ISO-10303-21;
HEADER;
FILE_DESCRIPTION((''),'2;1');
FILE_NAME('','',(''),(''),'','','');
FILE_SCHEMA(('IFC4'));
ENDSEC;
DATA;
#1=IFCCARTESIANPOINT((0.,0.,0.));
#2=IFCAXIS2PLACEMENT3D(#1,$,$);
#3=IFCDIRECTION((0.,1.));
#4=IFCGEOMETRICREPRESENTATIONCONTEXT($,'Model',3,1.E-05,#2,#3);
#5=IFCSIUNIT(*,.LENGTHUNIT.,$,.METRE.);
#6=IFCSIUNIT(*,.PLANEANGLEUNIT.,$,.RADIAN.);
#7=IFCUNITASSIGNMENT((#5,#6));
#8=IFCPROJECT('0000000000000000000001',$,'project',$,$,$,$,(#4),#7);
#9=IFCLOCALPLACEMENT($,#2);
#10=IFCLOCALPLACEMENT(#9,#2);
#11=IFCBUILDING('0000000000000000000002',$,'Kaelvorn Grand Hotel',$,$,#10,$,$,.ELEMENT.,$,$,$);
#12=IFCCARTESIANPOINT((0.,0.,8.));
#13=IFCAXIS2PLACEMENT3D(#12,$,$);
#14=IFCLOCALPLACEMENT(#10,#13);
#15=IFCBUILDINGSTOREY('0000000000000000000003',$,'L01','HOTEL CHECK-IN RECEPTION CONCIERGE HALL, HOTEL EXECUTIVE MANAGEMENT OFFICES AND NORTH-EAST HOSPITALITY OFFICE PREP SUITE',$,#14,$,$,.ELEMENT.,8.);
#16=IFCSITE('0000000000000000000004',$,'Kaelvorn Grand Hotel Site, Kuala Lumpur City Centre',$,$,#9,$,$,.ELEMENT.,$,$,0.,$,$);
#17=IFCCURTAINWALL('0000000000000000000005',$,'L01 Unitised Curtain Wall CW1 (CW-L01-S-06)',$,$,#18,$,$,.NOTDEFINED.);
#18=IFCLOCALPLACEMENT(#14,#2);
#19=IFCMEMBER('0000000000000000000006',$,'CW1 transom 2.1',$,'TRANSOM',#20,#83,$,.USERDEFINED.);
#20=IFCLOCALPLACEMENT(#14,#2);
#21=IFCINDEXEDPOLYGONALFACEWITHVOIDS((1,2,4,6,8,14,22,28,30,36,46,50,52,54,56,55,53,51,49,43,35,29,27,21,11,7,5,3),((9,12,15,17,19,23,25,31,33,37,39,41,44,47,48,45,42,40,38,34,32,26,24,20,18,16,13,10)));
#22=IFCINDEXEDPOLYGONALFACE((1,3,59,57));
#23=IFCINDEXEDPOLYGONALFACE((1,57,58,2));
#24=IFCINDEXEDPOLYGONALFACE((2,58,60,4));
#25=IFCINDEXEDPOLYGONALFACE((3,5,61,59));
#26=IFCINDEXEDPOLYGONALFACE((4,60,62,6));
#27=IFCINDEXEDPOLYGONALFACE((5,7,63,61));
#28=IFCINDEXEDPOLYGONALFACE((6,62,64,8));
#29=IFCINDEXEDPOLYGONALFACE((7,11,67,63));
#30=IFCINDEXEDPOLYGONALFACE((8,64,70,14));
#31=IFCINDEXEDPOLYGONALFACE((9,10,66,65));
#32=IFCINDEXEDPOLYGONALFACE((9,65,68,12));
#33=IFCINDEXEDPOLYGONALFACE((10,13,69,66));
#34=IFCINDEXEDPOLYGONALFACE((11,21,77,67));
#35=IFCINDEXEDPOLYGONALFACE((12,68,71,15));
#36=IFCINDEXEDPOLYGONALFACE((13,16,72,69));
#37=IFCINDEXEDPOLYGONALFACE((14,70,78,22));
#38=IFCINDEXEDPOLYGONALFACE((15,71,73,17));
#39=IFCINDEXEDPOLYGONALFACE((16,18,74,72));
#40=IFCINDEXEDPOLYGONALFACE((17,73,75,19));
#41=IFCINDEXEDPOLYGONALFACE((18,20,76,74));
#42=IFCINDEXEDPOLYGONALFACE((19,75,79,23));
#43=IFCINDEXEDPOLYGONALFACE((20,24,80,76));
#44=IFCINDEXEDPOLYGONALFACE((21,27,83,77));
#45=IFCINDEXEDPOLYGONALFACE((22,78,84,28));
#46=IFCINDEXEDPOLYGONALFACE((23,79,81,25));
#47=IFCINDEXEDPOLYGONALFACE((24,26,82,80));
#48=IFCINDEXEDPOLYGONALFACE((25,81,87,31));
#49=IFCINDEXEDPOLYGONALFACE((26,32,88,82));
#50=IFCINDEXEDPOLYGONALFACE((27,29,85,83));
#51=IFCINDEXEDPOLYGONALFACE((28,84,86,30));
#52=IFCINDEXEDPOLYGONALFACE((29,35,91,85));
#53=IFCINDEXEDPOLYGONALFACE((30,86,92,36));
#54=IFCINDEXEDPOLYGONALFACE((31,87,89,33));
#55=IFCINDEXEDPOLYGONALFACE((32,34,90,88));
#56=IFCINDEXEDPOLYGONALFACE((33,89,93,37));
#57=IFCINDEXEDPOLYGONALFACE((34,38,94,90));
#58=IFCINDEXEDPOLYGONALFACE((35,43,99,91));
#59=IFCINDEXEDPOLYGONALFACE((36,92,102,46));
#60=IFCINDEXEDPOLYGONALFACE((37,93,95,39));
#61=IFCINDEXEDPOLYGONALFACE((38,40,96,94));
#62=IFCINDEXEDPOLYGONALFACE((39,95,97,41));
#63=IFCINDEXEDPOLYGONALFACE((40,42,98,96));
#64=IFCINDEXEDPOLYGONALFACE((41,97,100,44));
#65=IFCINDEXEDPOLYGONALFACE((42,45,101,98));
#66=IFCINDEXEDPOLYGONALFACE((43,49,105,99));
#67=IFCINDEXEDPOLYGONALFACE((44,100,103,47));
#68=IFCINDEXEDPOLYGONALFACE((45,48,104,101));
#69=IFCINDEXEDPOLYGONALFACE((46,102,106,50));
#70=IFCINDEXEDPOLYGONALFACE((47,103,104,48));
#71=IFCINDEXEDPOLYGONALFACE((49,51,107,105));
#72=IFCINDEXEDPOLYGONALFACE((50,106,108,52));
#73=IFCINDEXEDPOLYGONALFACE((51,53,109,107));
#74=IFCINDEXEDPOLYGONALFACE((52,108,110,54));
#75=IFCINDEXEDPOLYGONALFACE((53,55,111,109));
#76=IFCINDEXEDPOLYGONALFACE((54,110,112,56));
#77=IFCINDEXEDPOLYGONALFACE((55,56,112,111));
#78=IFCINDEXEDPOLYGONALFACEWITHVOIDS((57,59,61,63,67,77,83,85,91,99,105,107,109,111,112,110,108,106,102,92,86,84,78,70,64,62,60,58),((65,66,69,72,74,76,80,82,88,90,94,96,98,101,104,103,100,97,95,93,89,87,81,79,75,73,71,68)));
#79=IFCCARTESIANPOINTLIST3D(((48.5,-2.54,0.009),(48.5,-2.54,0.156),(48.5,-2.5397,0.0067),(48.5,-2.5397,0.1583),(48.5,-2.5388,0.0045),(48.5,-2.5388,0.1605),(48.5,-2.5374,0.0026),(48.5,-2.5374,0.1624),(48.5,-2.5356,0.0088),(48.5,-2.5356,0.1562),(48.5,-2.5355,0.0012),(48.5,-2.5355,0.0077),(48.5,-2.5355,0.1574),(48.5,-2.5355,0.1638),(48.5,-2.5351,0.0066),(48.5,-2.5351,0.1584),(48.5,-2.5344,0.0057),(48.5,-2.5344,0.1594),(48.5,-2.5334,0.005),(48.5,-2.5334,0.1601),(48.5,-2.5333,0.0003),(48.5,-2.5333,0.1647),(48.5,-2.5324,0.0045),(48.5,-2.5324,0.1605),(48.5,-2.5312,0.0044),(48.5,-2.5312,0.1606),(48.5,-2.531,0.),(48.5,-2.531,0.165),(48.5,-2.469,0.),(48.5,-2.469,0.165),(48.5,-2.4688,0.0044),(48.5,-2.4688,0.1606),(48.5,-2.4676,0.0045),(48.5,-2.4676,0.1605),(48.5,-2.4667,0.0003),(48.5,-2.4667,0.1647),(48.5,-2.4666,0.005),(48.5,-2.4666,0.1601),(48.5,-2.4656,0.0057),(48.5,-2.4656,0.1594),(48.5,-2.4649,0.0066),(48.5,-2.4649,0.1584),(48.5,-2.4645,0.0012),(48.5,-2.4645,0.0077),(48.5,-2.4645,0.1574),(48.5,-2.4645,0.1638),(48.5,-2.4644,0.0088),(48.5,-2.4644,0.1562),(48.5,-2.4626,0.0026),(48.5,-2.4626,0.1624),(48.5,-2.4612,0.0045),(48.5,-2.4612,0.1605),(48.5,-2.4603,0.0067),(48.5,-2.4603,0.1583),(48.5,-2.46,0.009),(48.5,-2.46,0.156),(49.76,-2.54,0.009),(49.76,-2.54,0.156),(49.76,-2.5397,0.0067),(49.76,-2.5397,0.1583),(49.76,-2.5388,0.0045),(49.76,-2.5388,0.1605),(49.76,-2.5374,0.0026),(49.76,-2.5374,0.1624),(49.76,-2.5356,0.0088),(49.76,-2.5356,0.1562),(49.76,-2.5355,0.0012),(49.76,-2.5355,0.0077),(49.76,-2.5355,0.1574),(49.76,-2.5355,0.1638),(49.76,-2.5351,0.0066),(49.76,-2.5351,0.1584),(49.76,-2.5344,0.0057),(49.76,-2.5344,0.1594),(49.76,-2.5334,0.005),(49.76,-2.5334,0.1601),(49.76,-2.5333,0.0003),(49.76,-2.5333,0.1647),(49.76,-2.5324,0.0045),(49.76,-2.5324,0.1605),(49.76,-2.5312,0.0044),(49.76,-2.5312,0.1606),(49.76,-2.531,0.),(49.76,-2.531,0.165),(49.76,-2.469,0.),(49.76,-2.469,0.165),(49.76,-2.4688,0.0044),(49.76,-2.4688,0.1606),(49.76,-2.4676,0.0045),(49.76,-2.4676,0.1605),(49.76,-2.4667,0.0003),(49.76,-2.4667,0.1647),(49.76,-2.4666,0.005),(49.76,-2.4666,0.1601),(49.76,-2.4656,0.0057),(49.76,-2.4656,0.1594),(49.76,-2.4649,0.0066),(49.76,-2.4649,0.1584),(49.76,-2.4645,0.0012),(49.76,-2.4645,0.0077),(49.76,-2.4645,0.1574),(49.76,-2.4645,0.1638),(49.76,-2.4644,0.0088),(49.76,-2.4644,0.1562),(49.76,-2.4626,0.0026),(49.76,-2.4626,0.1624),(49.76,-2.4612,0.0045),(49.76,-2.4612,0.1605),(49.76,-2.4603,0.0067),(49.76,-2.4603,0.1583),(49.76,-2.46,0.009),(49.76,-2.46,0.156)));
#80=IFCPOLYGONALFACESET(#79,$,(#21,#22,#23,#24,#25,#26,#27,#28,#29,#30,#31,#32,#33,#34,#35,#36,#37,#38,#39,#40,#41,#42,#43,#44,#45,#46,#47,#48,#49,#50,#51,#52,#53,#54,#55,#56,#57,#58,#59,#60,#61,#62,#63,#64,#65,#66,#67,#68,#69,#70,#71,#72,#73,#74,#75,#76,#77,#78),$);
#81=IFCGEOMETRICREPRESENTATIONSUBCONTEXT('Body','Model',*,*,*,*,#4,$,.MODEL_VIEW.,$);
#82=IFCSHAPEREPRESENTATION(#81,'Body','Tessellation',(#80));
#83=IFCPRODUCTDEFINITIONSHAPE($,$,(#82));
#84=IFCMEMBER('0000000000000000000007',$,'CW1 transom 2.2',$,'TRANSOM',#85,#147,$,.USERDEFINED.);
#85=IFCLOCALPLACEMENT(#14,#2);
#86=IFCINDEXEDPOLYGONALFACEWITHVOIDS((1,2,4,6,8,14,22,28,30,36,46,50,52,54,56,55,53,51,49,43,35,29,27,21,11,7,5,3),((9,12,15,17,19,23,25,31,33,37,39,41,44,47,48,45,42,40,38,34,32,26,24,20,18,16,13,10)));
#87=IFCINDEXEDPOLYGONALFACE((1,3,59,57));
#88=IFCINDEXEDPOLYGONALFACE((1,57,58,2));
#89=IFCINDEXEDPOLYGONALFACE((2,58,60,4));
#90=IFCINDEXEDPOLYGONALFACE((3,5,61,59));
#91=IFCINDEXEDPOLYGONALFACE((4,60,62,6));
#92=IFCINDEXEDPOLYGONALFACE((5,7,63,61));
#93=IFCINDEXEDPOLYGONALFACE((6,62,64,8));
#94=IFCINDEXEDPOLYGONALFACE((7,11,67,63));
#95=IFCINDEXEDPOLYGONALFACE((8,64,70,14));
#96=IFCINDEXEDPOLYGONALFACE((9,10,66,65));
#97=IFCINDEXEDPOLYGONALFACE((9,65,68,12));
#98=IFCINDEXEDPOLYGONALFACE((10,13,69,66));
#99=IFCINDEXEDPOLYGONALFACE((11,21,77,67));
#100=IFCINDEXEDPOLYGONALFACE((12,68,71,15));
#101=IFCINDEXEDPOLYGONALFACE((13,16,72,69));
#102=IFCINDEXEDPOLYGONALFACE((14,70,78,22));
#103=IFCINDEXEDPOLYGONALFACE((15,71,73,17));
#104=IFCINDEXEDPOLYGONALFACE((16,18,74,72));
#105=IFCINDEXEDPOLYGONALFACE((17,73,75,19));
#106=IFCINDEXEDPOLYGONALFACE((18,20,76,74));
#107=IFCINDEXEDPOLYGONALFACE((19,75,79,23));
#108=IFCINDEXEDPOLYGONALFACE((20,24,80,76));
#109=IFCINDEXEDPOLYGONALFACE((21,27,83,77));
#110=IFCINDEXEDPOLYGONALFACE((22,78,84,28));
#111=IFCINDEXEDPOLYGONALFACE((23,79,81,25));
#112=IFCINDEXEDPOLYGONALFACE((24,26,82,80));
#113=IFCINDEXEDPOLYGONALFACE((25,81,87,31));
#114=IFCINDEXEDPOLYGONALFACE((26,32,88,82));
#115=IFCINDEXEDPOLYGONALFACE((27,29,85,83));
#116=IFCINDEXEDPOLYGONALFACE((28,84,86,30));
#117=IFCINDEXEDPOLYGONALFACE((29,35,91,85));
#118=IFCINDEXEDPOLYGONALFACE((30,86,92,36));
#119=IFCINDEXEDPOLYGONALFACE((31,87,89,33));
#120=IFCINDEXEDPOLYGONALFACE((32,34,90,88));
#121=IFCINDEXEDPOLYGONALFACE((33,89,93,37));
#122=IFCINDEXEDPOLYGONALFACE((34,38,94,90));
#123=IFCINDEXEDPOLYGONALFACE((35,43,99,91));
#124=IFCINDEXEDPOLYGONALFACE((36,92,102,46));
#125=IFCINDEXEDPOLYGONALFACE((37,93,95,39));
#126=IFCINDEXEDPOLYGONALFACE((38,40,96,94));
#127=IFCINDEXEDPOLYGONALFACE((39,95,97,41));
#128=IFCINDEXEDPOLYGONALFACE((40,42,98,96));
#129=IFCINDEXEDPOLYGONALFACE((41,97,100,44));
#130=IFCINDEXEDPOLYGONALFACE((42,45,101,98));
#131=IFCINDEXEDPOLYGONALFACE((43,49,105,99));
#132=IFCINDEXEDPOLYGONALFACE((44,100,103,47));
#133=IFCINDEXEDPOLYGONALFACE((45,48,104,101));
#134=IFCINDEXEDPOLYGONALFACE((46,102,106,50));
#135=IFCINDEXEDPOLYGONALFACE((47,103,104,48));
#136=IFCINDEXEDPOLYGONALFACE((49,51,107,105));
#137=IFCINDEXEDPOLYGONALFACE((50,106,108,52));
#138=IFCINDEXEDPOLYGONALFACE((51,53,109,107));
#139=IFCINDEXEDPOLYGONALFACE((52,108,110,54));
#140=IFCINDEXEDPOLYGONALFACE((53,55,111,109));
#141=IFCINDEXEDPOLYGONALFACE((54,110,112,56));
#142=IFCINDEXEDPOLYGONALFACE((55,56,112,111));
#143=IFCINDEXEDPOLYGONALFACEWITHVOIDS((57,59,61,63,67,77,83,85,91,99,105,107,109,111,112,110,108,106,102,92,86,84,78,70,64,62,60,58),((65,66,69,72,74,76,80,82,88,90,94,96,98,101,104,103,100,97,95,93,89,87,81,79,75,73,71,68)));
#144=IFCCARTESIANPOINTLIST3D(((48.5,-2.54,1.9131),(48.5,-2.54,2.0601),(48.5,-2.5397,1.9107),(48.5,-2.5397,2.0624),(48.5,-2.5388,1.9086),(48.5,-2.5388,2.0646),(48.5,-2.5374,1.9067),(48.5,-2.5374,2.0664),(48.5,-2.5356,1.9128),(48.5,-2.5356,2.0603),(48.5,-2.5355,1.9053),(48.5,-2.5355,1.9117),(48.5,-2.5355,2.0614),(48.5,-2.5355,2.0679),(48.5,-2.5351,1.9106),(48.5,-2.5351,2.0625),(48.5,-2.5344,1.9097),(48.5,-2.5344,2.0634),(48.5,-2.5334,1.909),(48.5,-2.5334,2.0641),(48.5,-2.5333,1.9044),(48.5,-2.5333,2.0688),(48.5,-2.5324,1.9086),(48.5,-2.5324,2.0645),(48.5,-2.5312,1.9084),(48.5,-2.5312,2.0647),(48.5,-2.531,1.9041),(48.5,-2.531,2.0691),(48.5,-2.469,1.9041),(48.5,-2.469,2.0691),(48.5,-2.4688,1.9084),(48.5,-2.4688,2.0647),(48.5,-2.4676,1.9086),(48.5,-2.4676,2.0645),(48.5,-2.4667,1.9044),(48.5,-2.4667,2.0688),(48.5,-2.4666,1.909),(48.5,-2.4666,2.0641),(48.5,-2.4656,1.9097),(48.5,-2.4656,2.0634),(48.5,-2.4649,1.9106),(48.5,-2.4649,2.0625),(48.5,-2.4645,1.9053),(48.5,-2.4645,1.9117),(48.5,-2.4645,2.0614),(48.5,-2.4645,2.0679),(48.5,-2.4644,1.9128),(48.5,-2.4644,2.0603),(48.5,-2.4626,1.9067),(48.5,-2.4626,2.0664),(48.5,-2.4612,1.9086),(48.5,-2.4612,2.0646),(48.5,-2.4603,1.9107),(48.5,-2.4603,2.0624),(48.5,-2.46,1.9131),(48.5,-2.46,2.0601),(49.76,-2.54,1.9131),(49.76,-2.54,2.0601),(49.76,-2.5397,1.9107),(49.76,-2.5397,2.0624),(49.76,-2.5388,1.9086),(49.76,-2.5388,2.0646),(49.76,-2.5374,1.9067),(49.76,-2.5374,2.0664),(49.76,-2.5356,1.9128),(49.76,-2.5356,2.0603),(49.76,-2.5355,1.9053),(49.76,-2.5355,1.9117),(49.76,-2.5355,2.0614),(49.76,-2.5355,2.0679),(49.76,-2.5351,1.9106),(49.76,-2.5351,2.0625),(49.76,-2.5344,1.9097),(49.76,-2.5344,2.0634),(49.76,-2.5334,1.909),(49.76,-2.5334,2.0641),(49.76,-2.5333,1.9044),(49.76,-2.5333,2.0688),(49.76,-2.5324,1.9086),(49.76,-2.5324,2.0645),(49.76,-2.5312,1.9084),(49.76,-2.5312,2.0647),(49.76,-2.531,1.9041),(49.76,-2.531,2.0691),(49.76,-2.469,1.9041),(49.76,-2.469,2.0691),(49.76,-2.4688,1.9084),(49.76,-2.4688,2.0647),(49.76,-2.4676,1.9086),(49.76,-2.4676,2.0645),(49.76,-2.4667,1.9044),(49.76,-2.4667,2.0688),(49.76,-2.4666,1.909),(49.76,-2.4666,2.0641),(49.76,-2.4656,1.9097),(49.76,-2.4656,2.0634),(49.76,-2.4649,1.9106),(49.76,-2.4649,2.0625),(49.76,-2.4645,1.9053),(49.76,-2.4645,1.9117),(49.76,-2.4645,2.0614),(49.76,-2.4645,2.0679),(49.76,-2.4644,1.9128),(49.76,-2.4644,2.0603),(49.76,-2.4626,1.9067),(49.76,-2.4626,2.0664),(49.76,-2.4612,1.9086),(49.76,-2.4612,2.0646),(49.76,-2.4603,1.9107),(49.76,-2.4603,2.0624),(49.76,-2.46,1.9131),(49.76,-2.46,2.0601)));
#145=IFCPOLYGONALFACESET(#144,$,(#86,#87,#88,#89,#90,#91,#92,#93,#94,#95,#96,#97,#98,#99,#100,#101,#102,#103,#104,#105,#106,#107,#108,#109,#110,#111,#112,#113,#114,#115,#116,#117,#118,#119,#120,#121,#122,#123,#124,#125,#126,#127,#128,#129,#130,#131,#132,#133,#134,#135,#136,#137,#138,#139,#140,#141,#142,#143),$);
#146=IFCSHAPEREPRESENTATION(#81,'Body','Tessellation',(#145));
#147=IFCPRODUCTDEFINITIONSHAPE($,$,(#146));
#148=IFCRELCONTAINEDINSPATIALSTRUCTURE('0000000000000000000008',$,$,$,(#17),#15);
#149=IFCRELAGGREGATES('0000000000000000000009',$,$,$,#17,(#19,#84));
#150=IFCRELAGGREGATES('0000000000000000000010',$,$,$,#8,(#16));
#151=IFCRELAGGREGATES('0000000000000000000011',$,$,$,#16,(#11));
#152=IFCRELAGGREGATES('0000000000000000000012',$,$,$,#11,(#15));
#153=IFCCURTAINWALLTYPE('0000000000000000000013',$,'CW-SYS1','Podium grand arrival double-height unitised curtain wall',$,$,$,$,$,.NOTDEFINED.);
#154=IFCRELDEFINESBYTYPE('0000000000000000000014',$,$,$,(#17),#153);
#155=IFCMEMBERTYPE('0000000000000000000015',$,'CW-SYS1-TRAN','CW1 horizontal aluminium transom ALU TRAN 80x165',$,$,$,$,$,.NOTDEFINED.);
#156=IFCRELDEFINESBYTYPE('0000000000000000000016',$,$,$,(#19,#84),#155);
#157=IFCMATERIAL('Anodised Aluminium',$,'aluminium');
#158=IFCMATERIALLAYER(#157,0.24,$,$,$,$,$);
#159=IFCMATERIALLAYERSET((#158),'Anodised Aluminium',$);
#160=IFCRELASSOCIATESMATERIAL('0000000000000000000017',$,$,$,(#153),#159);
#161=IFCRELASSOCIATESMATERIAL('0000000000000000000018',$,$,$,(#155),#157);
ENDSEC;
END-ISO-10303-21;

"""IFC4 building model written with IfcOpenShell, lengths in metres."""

from ifc_helpers import new_model, si_unit, direction, frame, origin, origin_2d, place, context, subcontext, project, spatial, hollow_rectangle, extrude, material, layer, layer_set, material_profile, profile_set, type_object, element, aggregate, save


model = new_model("IFC4")

# Units and contexts
model_context = context("Model", 3, precision=1e-05, world=origin(), true_north=direction((0.0, 1.0)))
body_context = subcontext(model_context, "Body", "Model", "MODEL_VIEW")
ifc_project = project(units=[si_unit("LENGTHUNIT", "METRE"), si_unit("PLANEANGLEUNIT", "RADIAN")], contexts=[model_context])

# Site, building, storey
site_placement = place(None, origin())
site = spatial("IfcSite", under=ifc_project, at=site_placement, Name="Kaelvorn Grand Hotel Site, Kuala Lumpur City Centre", CompositionType="ELEMENT", RefElevation=0.0)
building_placement = place(site_placement, origin())
building = spatial("IfcBuilding", under=site, at=building_placement, Name="Kaelvorn Grand Hotel", CompositionType="ELEMENT")
storey_placement = place(building_placement, frame((0.0, 0.0, 8.0)))
storey = spatial("IfcBuildingStorey", under=building, at=storey_placement, Name="L01", Description="HOTEL CHECK-IN RECEPTION CONCIERGE HALL, HOTEL EXECUTIVE MANAGEMENT OFFICES AND NORTH-EAST HOSPITALITY OFFICE PREP SUITE", CompositionType="ELEMENT", Elevation=8.0)

# Curtain wall
ifc_material_1 = material(Name="Anodised Aluminium", Category="aluminium")
ifc_layer_1 = layer(ifc_material_1, 0.24)
ifc_layer_set_1 = layer_set([ifc_layer_1], Name="Anodised Aluminium")
curtain_wall_type = type_object("IfcCurtainWallType", Name="CW-SYS1", Description="Podium grand arrival double-height unitised curtain wall", PredefinedType="NOTDEFINED", material=ifc_layer_set_1)
curtain_wall_1_placement = place(storey_placement, origin())
curtain_wall_1 = element("IfcCurtainWall", 1, at=curtain_wall_1_placement, inside=storey, type_object=curtain_wall_type, Name="L01 Unitised Curtain Wall CW1 (CW-L01-S-06)", PredefinedType="NOTDEFINED")

# Members
ifc_material_profile_1 = material_profile(ifc_material_1, hollow_rectangle(XDim=0.0801, YDim=0.165, WallThickness=0.0044, InnerFilletRadius=0.0044, OuterFilletRadius=0.009, at=origin_2d()), Name="ALU TRAN 80x165")
ifc_profile_set_1 = profile_set([ifc_material_profile_1], Name="Anodised Aluminium")
member_type_1 = type_object("IfcMemberType", Name="CW-SYS1-TRAN", Description="CW1 horizontal aluminium transom ALU TRAN 80x165", PredefinedType="NOTDEFINED", material=ifc_profile_set_1)
member_1_placement = place(storey_placement, frame((48.5, -2.5, 0.0825), z_axis=(1.0, 0.0, 0.0), x_axis=(0.0, 1.0, 0.0)))
member_1 = element("IfcMember", 2, at=member_1_placement, type_object=member_type_1, Name="CW1 transom 2.1", ObjectType="TRANSOM", PredefinedType="USERDEFINED", context=body_context, shape_type="SweptSolid", body=[
    extrude(hollow_rectangle(XDim=0.0801, YDim=0.165, WallThickness=0.0044, InnerFilletRadius=0.0044, OuterFilletRadius=0.009, at=origin_2d()), origin(), (0.0, 0.0, 1.0), 1.26),
])
member_2_placement = place(storey_placement, frame((48.5, -2.5, 1.9866), z_axis=(1.0, 0.0, 0.0), x_axis=(0.0, 1.0, 0.0)))
member_2 = element("IfcMember", 3, at=member_2_placement, type_object=member_type_1, Name="CW1 transom 2.2", ObjectType="TRANSOM", PredefinedType="USERDEFINED", context=body_context, shape_type="SweptSolid", body=[
    extrude(hollow_rectangle(XDim=0.0801, YDim=0.165, WallThickness=0.0044, InnerFilletRadius=0.0044, OuterFilletRadius=0.009, at=origin_2d()), origin(), (0.0, 0.0, 1.0), 1.26),
])

aggregate(curtain_wall_1, [member_1, member_2])

save(model, "model.ifc")
